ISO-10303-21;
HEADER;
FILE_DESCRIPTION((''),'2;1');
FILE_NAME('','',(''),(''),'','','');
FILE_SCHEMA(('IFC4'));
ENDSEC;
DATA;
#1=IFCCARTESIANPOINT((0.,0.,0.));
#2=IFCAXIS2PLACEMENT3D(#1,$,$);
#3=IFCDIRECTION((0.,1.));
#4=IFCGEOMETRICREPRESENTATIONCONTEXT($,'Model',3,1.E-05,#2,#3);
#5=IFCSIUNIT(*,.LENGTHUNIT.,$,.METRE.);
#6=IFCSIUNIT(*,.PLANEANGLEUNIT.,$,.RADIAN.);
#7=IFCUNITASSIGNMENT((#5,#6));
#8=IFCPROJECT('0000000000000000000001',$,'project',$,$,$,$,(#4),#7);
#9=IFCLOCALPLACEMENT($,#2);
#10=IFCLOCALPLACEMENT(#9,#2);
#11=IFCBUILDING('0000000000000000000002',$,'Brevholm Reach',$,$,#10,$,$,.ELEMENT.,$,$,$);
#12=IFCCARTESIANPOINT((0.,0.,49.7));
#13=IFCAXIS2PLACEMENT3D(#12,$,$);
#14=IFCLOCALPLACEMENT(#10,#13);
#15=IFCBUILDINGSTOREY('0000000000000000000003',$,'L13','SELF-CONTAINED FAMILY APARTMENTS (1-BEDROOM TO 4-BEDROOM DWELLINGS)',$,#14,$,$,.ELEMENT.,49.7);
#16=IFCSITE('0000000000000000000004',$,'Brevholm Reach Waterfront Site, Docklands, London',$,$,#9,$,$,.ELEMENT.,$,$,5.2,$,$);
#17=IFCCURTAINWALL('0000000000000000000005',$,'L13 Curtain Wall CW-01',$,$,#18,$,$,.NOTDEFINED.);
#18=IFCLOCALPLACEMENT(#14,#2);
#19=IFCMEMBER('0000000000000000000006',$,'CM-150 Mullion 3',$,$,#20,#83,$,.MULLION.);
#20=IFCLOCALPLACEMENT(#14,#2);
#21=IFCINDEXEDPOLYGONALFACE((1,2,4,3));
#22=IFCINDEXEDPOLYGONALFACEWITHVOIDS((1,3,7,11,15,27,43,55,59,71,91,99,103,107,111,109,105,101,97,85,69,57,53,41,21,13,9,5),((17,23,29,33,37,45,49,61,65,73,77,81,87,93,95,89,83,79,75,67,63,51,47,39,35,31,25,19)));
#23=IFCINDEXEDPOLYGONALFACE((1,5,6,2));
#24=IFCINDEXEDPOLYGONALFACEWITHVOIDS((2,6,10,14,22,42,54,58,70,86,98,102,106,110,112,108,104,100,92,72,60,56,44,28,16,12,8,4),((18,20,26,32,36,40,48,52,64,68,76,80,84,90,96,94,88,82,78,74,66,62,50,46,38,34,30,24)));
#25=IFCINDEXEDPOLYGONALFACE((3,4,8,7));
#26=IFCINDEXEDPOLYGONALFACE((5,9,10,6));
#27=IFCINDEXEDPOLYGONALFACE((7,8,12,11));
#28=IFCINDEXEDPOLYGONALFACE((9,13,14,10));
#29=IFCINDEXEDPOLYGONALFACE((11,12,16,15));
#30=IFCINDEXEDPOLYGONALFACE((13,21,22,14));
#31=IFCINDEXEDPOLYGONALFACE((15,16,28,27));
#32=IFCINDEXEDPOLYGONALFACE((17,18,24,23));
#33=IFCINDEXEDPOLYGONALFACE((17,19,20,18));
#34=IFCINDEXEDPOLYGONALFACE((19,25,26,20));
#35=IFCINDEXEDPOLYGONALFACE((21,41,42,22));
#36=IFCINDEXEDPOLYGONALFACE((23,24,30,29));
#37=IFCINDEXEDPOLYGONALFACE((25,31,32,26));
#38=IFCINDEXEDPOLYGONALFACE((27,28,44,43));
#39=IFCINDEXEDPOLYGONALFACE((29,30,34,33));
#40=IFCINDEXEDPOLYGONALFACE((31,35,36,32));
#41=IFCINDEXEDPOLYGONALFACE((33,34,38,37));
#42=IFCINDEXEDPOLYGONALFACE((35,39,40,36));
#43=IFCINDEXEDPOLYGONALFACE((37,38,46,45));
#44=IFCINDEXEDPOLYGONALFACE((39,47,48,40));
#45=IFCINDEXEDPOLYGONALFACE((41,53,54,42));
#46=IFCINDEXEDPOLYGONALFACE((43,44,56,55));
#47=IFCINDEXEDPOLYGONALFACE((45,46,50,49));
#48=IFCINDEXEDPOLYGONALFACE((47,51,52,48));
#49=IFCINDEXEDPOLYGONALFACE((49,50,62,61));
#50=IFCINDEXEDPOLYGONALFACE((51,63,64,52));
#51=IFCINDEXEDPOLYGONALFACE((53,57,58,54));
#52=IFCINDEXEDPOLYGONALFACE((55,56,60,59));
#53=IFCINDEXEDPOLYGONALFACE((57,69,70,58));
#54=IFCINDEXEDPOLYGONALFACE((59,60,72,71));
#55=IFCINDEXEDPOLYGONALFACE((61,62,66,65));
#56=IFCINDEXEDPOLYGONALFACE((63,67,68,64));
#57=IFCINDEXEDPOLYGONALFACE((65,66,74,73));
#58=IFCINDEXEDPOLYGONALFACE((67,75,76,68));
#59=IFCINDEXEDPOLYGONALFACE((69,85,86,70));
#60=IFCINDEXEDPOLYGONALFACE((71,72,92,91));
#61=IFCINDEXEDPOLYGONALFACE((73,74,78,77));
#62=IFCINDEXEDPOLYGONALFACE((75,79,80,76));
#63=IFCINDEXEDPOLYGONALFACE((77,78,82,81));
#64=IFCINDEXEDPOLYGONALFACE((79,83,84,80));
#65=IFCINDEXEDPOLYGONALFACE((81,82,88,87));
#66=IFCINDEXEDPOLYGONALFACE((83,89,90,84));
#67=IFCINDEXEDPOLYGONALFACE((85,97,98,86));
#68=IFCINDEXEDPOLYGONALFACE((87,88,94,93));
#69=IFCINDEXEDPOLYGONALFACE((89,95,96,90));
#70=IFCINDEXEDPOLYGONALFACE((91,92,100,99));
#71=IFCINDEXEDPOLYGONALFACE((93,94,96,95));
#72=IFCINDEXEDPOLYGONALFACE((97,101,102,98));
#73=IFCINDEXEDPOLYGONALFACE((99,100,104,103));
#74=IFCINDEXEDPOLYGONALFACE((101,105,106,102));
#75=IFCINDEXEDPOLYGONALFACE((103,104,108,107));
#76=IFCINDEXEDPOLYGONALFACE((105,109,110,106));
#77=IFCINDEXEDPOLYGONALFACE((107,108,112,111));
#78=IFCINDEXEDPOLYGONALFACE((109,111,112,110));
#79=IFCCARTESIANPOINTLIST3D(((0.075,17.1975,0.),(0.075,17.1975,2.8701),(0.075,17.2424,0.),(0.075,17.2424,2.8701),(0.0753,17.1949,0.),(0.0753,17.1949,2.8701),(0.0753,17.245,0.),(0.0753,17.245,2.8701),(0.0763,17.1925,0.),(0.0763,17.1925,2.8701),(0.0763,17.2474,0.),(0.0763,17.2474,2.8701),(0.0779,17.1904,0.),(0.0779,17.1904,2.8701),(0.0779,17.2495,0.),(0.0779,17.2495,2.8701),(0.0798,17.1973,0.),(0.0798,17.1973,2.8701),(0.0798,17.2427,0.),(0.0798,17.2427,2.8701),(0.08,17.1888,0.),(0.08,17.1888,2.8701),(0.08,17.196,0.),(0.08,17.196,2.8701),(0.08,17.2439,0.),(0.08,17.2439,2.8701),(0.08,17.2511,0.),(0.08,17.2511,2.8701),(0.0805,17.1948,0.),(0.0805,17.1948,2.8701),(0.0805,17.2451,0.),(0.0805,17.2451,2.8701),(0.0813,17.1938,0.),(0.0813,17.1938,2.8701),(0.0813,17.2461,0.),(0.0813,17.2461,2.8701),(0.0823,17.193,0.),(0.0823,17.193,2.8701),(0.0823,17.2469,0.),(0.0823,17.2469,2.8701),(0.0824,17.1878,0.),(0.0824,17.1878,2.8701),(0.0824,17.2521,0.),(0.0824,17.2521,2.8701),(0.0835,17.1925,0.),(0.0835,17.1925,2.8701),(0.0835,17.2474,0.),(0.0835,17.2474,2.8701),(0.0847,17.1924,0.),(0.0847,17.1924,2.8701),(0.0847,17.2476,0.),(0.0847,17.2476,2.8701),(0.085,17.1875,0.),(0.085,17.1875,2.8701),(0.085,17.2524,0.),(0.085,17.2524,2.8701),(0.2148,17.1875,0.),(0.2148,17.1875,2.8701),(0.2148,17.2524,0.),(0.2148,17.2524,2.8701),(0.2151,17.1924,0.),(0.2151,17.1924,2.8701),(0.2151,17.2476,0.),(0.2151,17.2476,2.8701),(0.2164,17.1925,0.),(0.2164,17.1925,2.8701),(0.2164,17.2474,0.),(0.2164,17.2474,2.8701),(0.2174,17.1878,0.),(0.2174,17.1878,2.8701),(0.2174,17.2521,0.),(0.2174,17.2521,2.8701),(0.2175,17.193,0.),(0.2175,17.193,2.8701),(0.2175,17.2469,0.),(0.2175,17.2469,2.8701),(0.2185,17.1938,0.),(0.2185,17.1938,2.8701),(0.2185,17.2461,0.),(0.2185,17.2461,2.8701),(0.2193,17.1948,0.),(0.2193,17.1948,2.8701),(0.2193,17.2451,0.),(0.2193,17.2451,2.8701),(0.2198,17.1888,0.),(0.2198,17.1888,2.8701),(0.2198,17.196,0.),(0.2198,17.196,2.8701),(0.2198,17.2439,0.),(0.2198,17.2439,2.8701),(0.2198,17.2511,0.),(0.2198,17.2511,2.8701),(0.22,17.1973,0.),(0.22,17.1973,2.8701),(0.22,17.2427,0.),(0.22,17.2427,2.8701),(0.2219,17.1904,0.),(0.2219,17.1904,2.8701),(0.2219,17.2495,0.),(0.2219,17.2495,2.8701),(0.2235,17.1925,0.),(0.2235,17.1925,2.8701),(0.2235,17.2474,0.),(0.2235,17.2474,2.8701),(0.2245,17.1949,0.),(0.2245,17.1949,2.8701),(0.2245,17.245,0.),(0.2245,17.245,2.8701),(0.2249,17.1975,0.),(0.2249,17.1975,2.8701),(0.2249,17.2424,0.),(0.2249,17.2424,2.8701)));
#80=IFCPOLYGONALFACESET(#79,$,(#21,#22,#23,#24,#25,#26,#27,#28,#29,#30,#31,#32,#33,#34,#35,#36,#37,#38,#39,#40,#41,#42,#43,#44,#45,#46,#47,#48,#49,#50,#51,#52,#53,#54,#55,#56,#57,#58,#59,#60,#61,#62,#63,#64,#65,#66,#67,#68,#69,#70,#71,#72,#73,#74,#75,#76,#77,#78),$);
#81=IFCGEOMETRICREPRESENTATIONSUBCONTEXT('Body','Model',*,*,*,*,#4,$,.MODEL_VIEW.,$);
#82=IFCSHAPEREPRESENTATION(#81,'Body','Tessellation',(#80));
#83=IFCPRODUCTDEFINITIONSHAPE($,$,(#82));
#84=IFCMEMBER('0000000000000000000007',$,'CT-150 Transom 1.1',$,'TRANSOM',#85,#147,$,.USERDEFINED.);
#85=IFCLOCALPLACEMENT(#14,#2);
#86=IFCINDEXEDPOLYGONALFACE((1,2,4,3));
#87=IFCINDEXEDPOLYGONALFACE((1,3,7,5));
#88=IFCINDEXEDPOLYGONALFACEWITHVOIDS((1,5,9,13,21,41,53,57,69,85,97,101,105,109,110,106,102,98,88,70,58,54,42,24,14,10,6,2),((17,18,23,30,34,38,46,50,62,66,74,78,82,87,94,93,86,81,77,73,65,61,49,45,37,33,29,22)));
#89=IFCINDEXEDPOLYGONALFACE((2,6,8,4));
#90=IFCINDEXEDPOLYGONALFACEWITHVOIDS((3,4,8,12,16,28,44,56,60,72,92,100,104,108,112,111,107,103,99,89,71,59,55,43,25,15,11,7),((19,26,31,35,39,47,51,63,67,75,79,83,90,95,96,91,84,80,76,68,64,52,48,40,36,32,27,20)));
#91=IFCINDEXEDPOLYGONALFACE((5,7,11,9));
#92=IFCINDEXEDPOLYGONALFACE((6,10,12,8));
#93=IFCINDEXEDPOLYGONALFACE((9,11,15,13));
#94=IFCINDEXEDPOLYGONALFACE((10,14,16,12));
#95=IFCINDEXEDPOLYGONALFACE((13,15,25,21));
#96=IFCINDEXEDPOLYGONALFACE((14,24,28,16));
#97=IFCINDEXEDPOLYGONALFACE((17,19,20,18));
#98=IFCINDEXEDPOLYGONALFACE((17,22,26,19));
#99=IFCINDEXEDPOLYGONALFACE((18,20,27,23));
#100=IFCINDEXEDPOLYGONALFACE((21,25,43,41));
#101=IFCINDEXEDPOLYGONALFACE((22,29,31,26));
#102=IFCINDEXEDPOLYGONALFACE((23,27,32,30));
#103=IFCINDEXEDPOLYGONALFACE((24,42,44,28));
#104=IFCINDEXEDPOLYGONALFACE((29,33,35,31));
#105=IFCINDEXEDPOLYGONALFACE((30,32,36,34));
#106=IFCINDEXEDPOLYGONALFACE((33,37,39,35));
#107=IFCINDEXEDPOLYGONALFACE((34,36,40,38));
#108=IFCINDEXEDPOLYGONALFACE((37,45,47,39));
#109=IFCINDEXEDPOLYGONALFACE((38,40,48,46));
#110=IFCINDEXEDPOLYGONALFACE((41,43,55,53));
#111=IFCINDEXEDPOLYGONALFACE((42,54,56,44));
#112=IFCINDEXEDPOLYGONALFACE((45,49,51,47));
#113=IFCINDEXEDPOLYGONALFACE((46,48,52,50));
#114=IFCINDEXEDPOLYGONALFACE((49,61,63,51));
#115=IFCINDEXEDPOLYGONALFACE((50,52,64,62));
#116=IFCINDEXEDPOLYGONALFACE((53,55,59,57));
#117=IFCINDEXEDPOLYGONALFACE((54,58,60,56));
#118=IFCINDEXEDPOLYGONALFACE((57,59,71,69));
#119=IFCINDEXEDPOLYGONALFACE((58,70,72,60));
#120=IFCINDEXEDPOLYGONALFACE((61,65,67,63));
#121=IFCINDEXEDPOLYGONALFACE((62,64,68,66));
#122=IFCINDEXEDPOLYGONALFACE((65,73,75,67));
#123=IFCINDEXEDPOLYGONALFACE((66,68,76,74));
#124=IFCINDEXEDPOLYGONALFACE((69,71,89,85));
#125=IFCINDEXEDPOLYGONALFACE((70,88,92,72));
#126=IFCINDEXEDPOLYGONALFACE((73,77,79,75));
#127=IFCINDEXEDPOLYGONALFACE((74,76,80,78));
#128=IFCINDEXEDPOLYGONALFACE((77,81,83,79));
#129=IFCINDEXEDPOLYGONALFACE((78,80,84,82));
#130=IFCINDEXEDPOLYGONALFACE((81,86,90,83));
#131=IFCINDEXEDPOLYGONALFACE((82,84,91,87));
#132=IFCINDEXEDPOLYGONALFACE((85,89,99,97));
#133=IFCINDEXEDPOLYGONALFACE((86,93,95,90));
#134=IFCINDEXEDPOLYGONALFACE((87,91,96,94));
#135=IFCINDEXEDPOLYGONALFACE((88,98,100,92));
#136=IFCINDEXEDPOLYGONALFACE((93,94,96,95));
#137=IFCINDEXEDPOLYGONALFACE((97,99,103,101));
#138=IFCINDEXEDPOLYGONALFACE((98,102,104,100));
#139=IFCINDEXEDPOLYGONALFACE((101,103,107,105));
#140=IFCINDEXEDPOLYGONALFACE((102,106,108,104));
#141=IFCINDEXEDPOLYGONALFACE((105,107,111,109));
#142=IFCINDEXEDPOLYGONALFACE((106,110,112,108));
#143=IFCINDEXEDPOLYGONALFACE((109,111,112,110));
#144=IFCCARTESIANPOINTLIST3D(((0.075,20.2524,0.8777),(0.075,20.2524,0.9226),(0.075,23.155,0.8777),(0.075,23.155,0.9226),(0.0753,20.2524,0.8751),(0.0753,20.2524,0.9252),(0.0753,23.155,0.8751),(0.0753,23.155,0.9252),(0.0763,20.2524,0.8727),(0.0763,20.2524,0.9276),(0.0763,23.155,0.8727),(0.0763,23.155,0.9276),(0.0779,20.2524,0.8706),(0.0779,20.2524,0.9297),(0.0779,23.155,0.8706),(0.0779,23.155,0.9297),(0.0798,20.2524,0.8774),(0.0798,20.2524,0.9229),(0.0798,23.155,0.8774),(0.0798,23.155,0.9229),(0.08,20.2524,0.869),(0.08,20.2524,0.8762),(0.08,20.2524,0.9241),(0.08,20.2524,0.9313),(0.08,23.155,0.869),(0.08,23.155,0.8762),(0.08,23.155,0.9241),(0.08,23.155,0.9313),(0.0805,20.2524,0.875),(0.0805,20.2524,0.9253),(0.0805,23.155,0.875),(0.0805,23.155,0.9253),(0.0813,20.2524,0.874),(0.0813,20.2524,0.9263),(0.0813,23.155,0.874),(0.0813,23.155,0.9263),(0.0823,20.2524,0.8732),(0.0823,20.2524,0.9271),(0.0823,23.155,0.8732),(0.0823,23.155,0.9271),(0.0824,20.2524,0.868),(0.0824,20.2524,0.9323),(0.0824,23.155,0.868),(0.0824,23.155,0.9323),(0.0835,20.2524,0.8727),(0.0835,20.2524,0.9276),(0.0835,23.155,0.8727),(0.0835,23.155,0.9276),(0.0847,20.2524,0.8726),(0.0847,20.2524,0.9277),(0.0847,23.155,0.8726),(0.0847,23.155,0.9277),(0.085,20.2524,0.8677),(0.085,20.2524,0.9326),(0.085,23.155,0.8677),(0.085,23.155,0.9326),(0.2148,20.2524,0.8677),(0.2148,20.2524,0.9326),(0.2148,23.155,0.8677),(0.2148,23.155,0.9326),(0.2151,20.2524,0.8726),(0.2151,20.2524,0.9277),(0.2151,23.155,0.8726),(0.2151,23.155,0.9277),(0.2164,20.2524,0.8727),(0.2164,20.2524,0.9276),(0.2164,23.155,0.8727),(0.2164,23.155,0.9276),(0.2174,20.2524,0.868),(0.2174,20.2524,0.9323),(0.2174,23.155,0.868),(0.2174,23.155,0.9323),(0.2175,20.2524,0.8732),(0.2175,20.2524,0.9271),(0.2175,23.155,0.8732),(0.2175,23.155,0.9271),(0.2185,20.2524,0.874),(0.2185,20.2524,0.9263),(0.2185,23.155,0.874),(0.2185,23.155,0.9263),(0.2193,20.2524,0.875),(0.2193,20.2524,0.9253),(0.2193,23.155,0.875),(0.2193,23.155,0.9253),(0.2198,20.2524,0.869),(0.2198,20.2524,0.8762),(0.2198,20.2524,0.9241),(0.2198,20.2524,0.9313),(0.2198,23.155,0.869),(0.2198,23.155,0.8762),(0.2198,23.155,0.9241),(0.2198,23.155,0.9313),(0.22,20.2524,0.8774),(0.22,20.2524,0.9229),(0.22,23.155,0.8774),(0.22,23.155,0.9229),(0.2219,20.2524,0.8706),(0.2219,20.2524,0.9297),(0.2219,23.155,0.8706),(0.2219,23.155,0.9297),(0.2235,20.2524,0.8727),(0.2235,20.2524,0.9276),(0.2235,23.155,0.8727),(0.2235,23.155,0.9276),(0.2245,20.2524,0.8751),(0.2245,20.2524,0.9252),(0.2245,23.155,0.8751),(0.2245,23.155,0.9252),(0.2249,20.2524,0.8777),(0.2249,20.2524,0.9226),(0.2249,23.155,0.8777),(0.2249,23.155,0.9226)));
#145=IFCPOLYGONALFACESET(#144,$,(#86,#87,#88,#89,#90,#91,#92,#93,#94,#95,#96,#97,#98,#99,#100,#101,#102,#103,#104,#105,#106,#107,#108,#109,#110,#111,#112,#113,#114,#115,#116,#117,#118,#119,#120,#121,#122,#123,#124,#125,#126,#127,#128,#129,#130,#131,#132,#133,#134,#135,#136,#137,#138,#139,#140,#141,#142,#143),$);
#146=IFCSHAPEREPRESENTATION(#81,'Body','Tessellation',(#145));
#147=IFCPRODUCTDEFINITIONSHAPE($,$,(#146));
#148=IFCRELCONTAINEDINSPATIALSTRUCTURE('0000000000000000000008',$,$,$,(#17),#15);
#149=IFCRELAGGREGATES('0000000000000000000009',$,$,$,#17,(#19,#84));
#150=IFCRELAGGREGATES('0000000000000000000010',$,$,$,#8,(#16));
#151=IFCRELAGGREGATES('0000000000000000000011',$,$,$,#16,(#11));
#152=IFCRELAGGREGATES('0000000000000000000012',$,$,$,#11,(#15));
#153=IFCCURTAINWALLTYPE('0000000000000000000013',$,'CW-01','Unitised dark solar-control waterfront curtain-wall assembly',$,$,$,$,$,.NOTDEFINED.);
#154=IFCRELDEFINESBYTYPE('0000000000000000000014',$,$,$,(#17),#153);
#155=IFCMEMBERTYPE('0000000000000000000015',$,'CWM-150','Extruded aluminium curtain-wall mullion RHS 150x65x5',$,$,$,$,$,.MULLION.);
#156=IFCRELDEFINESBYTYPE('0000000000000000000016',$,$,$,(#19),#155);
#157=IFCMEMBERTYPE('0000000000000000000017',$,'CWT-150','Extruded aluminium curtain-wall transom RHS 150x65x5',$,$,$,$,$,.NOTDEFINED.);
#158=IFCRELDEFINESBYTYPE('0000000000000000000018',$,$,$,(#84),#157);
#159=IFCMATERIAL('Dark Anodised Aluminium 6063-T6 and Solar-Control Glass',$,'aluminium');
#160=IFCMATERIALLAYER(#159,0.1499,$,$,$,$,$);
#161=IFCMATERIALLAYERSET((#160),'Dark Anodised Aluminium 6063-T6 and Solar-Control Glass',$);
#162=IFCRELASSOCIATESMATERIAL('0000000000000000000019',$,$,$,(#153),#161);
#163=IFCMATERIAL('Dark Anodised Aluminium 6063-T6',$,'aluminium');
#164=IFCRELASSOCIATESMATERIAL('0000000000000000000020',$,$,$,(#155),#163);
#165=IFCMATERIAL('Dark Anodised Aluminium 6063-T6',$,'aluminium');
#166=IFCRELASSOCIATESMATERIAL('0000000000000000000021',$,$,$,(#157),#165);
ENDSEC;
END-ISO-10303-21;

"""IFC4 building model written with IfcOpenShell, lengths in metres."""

from ifc_helpers import new_model, si_unit, direction, frame, origin, origin_2d, place, context, subcontext, project, spatial, hollow_rectangle, extrude, material, layer, layer_set, material_profile, profile_set, type_object, element, aggregate, save


model = new_model("IFC4")

# Units and contexts
model_context = context("Model", 3, precision=1e-05, world=origin(), true_north=direction((0.0, 1.0)))
body_context = subcontext(model_context, "Body", "Model", "MODEL_VIEW")
ifc_project = project(units=[si_unit("LENGTHUNIT", "METRE"), si_unit("PLANEANGLEUNIT", "RADIAN")], contexts=[model_context])

# Site, building, storey
site_placement = place(None, origin())
site = spatial("IfcSite", under=ifc_project, at=site_placement, Name="Brevholm Reach Waterfront Site, Docklands, London", CompositionType="ELEMENT", RefElevation=5.2)
building_placement = place(site_placement, origin())
building = spatial("IfcBuilding", under=site, at=building_placement, Name="Brevholm Reach", CompositionType="ELEMENT")
storey_placement = place(building_placement, frame((0.0, 0.0, 49.7)))
storey = spatial("IfcBuildingStorey", under=building, at=storey_placement, Name="L13", Description="SELF-CONTAINED FAMILY APARTMENTS (1-BEDROOM TO 4-BEDROOM DWELLINGS)", CompositionType="ELEMENT", Elevation=49.7)

# Curtain wall, members
ifc_material_1 = material(Name="Dark Anodised Aluminium 6063-T6 and Solar-Control Glass", Category="aluminium")
ifc_layer_1 = layer(ifc_material_1, 0.1499)
ifc_layer_set_1 = layer_set([ifc_layer_1], Name="Dark Anodised Aluminium 6063-T6 and Solar-Control Glass")
curtain_wall_type = type_object("IfcCurtainWallType", Name="CW-01", Description="Unitised dark solar-control waterfront curtain-wall assembly", PredefinedType="NOTDEFINED", material=ifc_layer_set_1)
curtain_wall_placement = place(storey_placement, origin())
curtain_wall = element("IfcCurtainWall", 1, at=curtain_wall_placement, inside=storey, type_object=curtain_wall_type, Name="L13 Curtain Wall CW-01", PredefinedType="NOTDEFINED")
ifc_material_2 = material(Name="Dark Anodised Aluminium 6063-T6", Category="aluminium")
ifc_material_profile_1 = material_profile(ifc_material_2, hollow_rectangle(XDim=0.0649, YDim=0.1499, WallThickness=0.0049, InnerFilletRadius=0.0049, OuterFilletRadius=0.01, at=origin_2d()), Name="RHS 150x65x5")
ifc_profile_set_1 = profile_set([ifc_material_profile_1], Name="Dark Anodised Aluminium 6063-T6")
member_type_1 = type_object("IfcMemberType", Name="CWM-150", Description="Extruded aluminium curtain-wall mullion RHS 150x65x5", PredefinedType="MULLION", material=ifc_profile_set_1)
member_1_placement = place(storey_placement, frame((0.1499, 17.22, 0.0), z_axis=(0.0, 0.0, 1.0), x_axis=(0.0, -1.0, 0.0)))
member_1 = element("IfcMember", 2, at=member_1_placement, type_object=member_type_1, Name="CM-150 Mullion 3", PredefinedType="MULLION", context=body_context, shape_type="SweptSolid", body=[
    extrude(hollow_rectangle(XDim=0.0649, YDim=0.1499, WallThickness=0.0049, InnerFilletRadius=0.0049, OuterFilletRadius=0.01, at=origin_2d()), origin(), (0.0, 0.0, 1.0), 2.8701),
])
ifc_material_3 = material(Name="Dark Anodised Aluminium 6063-T6", Category="aluminium")
ifc_material_profile_2 = material_profile(ifc_material_3, hollow_rectangle(XDim=0.0649, YDim=0.1499, WallThickness=0.0049, InnerFilletRadius=0.0049, OuterFilletRadius=0.01, at=origin_2d()), Name="RHS 150x65x5")
ifc_profile_set_2 = profile_set([ifc_material_profile_2], Name="Dark Anodised Aluminium 6063-T6")
member_type_2 = type_object("IfcMemberType", Name="CWT-150", Description="Extruded aluminium curtain-wall transom RHS 150x65x5", PredefinedType="NOTDEFINED", material=ifc_profile_set_2)
member_2_placement = place(storey_placement, frame((0.1499, 23.155, 0.9001), z_axis=(0.0, -1.0, 0.0), x_axis=(0.0, 0.0, 1.0)))
member_2 = element("IfcMember", 3, at=member_2_placement, type_object=member_type_2, Name="CT-150 Transom 1.1", ObjectType="TRANSOM", PredefinedType="USERDEFINED", context=body_context, shape_type="SweptSolid", body=[
    extrude(hollow_rectangle(XDim=0.0649, YDim=0.1499, WallThickness=0.0049, InnerFilletRadius=0.0049, OuterFilletRadius=0.01, at=origin_2d()), origin(), (0.0, 0.0, 1.0), 2.9026),
])
aggregate(curtain_wall, [member_1, member_2])

save(model, "model.ifc")
